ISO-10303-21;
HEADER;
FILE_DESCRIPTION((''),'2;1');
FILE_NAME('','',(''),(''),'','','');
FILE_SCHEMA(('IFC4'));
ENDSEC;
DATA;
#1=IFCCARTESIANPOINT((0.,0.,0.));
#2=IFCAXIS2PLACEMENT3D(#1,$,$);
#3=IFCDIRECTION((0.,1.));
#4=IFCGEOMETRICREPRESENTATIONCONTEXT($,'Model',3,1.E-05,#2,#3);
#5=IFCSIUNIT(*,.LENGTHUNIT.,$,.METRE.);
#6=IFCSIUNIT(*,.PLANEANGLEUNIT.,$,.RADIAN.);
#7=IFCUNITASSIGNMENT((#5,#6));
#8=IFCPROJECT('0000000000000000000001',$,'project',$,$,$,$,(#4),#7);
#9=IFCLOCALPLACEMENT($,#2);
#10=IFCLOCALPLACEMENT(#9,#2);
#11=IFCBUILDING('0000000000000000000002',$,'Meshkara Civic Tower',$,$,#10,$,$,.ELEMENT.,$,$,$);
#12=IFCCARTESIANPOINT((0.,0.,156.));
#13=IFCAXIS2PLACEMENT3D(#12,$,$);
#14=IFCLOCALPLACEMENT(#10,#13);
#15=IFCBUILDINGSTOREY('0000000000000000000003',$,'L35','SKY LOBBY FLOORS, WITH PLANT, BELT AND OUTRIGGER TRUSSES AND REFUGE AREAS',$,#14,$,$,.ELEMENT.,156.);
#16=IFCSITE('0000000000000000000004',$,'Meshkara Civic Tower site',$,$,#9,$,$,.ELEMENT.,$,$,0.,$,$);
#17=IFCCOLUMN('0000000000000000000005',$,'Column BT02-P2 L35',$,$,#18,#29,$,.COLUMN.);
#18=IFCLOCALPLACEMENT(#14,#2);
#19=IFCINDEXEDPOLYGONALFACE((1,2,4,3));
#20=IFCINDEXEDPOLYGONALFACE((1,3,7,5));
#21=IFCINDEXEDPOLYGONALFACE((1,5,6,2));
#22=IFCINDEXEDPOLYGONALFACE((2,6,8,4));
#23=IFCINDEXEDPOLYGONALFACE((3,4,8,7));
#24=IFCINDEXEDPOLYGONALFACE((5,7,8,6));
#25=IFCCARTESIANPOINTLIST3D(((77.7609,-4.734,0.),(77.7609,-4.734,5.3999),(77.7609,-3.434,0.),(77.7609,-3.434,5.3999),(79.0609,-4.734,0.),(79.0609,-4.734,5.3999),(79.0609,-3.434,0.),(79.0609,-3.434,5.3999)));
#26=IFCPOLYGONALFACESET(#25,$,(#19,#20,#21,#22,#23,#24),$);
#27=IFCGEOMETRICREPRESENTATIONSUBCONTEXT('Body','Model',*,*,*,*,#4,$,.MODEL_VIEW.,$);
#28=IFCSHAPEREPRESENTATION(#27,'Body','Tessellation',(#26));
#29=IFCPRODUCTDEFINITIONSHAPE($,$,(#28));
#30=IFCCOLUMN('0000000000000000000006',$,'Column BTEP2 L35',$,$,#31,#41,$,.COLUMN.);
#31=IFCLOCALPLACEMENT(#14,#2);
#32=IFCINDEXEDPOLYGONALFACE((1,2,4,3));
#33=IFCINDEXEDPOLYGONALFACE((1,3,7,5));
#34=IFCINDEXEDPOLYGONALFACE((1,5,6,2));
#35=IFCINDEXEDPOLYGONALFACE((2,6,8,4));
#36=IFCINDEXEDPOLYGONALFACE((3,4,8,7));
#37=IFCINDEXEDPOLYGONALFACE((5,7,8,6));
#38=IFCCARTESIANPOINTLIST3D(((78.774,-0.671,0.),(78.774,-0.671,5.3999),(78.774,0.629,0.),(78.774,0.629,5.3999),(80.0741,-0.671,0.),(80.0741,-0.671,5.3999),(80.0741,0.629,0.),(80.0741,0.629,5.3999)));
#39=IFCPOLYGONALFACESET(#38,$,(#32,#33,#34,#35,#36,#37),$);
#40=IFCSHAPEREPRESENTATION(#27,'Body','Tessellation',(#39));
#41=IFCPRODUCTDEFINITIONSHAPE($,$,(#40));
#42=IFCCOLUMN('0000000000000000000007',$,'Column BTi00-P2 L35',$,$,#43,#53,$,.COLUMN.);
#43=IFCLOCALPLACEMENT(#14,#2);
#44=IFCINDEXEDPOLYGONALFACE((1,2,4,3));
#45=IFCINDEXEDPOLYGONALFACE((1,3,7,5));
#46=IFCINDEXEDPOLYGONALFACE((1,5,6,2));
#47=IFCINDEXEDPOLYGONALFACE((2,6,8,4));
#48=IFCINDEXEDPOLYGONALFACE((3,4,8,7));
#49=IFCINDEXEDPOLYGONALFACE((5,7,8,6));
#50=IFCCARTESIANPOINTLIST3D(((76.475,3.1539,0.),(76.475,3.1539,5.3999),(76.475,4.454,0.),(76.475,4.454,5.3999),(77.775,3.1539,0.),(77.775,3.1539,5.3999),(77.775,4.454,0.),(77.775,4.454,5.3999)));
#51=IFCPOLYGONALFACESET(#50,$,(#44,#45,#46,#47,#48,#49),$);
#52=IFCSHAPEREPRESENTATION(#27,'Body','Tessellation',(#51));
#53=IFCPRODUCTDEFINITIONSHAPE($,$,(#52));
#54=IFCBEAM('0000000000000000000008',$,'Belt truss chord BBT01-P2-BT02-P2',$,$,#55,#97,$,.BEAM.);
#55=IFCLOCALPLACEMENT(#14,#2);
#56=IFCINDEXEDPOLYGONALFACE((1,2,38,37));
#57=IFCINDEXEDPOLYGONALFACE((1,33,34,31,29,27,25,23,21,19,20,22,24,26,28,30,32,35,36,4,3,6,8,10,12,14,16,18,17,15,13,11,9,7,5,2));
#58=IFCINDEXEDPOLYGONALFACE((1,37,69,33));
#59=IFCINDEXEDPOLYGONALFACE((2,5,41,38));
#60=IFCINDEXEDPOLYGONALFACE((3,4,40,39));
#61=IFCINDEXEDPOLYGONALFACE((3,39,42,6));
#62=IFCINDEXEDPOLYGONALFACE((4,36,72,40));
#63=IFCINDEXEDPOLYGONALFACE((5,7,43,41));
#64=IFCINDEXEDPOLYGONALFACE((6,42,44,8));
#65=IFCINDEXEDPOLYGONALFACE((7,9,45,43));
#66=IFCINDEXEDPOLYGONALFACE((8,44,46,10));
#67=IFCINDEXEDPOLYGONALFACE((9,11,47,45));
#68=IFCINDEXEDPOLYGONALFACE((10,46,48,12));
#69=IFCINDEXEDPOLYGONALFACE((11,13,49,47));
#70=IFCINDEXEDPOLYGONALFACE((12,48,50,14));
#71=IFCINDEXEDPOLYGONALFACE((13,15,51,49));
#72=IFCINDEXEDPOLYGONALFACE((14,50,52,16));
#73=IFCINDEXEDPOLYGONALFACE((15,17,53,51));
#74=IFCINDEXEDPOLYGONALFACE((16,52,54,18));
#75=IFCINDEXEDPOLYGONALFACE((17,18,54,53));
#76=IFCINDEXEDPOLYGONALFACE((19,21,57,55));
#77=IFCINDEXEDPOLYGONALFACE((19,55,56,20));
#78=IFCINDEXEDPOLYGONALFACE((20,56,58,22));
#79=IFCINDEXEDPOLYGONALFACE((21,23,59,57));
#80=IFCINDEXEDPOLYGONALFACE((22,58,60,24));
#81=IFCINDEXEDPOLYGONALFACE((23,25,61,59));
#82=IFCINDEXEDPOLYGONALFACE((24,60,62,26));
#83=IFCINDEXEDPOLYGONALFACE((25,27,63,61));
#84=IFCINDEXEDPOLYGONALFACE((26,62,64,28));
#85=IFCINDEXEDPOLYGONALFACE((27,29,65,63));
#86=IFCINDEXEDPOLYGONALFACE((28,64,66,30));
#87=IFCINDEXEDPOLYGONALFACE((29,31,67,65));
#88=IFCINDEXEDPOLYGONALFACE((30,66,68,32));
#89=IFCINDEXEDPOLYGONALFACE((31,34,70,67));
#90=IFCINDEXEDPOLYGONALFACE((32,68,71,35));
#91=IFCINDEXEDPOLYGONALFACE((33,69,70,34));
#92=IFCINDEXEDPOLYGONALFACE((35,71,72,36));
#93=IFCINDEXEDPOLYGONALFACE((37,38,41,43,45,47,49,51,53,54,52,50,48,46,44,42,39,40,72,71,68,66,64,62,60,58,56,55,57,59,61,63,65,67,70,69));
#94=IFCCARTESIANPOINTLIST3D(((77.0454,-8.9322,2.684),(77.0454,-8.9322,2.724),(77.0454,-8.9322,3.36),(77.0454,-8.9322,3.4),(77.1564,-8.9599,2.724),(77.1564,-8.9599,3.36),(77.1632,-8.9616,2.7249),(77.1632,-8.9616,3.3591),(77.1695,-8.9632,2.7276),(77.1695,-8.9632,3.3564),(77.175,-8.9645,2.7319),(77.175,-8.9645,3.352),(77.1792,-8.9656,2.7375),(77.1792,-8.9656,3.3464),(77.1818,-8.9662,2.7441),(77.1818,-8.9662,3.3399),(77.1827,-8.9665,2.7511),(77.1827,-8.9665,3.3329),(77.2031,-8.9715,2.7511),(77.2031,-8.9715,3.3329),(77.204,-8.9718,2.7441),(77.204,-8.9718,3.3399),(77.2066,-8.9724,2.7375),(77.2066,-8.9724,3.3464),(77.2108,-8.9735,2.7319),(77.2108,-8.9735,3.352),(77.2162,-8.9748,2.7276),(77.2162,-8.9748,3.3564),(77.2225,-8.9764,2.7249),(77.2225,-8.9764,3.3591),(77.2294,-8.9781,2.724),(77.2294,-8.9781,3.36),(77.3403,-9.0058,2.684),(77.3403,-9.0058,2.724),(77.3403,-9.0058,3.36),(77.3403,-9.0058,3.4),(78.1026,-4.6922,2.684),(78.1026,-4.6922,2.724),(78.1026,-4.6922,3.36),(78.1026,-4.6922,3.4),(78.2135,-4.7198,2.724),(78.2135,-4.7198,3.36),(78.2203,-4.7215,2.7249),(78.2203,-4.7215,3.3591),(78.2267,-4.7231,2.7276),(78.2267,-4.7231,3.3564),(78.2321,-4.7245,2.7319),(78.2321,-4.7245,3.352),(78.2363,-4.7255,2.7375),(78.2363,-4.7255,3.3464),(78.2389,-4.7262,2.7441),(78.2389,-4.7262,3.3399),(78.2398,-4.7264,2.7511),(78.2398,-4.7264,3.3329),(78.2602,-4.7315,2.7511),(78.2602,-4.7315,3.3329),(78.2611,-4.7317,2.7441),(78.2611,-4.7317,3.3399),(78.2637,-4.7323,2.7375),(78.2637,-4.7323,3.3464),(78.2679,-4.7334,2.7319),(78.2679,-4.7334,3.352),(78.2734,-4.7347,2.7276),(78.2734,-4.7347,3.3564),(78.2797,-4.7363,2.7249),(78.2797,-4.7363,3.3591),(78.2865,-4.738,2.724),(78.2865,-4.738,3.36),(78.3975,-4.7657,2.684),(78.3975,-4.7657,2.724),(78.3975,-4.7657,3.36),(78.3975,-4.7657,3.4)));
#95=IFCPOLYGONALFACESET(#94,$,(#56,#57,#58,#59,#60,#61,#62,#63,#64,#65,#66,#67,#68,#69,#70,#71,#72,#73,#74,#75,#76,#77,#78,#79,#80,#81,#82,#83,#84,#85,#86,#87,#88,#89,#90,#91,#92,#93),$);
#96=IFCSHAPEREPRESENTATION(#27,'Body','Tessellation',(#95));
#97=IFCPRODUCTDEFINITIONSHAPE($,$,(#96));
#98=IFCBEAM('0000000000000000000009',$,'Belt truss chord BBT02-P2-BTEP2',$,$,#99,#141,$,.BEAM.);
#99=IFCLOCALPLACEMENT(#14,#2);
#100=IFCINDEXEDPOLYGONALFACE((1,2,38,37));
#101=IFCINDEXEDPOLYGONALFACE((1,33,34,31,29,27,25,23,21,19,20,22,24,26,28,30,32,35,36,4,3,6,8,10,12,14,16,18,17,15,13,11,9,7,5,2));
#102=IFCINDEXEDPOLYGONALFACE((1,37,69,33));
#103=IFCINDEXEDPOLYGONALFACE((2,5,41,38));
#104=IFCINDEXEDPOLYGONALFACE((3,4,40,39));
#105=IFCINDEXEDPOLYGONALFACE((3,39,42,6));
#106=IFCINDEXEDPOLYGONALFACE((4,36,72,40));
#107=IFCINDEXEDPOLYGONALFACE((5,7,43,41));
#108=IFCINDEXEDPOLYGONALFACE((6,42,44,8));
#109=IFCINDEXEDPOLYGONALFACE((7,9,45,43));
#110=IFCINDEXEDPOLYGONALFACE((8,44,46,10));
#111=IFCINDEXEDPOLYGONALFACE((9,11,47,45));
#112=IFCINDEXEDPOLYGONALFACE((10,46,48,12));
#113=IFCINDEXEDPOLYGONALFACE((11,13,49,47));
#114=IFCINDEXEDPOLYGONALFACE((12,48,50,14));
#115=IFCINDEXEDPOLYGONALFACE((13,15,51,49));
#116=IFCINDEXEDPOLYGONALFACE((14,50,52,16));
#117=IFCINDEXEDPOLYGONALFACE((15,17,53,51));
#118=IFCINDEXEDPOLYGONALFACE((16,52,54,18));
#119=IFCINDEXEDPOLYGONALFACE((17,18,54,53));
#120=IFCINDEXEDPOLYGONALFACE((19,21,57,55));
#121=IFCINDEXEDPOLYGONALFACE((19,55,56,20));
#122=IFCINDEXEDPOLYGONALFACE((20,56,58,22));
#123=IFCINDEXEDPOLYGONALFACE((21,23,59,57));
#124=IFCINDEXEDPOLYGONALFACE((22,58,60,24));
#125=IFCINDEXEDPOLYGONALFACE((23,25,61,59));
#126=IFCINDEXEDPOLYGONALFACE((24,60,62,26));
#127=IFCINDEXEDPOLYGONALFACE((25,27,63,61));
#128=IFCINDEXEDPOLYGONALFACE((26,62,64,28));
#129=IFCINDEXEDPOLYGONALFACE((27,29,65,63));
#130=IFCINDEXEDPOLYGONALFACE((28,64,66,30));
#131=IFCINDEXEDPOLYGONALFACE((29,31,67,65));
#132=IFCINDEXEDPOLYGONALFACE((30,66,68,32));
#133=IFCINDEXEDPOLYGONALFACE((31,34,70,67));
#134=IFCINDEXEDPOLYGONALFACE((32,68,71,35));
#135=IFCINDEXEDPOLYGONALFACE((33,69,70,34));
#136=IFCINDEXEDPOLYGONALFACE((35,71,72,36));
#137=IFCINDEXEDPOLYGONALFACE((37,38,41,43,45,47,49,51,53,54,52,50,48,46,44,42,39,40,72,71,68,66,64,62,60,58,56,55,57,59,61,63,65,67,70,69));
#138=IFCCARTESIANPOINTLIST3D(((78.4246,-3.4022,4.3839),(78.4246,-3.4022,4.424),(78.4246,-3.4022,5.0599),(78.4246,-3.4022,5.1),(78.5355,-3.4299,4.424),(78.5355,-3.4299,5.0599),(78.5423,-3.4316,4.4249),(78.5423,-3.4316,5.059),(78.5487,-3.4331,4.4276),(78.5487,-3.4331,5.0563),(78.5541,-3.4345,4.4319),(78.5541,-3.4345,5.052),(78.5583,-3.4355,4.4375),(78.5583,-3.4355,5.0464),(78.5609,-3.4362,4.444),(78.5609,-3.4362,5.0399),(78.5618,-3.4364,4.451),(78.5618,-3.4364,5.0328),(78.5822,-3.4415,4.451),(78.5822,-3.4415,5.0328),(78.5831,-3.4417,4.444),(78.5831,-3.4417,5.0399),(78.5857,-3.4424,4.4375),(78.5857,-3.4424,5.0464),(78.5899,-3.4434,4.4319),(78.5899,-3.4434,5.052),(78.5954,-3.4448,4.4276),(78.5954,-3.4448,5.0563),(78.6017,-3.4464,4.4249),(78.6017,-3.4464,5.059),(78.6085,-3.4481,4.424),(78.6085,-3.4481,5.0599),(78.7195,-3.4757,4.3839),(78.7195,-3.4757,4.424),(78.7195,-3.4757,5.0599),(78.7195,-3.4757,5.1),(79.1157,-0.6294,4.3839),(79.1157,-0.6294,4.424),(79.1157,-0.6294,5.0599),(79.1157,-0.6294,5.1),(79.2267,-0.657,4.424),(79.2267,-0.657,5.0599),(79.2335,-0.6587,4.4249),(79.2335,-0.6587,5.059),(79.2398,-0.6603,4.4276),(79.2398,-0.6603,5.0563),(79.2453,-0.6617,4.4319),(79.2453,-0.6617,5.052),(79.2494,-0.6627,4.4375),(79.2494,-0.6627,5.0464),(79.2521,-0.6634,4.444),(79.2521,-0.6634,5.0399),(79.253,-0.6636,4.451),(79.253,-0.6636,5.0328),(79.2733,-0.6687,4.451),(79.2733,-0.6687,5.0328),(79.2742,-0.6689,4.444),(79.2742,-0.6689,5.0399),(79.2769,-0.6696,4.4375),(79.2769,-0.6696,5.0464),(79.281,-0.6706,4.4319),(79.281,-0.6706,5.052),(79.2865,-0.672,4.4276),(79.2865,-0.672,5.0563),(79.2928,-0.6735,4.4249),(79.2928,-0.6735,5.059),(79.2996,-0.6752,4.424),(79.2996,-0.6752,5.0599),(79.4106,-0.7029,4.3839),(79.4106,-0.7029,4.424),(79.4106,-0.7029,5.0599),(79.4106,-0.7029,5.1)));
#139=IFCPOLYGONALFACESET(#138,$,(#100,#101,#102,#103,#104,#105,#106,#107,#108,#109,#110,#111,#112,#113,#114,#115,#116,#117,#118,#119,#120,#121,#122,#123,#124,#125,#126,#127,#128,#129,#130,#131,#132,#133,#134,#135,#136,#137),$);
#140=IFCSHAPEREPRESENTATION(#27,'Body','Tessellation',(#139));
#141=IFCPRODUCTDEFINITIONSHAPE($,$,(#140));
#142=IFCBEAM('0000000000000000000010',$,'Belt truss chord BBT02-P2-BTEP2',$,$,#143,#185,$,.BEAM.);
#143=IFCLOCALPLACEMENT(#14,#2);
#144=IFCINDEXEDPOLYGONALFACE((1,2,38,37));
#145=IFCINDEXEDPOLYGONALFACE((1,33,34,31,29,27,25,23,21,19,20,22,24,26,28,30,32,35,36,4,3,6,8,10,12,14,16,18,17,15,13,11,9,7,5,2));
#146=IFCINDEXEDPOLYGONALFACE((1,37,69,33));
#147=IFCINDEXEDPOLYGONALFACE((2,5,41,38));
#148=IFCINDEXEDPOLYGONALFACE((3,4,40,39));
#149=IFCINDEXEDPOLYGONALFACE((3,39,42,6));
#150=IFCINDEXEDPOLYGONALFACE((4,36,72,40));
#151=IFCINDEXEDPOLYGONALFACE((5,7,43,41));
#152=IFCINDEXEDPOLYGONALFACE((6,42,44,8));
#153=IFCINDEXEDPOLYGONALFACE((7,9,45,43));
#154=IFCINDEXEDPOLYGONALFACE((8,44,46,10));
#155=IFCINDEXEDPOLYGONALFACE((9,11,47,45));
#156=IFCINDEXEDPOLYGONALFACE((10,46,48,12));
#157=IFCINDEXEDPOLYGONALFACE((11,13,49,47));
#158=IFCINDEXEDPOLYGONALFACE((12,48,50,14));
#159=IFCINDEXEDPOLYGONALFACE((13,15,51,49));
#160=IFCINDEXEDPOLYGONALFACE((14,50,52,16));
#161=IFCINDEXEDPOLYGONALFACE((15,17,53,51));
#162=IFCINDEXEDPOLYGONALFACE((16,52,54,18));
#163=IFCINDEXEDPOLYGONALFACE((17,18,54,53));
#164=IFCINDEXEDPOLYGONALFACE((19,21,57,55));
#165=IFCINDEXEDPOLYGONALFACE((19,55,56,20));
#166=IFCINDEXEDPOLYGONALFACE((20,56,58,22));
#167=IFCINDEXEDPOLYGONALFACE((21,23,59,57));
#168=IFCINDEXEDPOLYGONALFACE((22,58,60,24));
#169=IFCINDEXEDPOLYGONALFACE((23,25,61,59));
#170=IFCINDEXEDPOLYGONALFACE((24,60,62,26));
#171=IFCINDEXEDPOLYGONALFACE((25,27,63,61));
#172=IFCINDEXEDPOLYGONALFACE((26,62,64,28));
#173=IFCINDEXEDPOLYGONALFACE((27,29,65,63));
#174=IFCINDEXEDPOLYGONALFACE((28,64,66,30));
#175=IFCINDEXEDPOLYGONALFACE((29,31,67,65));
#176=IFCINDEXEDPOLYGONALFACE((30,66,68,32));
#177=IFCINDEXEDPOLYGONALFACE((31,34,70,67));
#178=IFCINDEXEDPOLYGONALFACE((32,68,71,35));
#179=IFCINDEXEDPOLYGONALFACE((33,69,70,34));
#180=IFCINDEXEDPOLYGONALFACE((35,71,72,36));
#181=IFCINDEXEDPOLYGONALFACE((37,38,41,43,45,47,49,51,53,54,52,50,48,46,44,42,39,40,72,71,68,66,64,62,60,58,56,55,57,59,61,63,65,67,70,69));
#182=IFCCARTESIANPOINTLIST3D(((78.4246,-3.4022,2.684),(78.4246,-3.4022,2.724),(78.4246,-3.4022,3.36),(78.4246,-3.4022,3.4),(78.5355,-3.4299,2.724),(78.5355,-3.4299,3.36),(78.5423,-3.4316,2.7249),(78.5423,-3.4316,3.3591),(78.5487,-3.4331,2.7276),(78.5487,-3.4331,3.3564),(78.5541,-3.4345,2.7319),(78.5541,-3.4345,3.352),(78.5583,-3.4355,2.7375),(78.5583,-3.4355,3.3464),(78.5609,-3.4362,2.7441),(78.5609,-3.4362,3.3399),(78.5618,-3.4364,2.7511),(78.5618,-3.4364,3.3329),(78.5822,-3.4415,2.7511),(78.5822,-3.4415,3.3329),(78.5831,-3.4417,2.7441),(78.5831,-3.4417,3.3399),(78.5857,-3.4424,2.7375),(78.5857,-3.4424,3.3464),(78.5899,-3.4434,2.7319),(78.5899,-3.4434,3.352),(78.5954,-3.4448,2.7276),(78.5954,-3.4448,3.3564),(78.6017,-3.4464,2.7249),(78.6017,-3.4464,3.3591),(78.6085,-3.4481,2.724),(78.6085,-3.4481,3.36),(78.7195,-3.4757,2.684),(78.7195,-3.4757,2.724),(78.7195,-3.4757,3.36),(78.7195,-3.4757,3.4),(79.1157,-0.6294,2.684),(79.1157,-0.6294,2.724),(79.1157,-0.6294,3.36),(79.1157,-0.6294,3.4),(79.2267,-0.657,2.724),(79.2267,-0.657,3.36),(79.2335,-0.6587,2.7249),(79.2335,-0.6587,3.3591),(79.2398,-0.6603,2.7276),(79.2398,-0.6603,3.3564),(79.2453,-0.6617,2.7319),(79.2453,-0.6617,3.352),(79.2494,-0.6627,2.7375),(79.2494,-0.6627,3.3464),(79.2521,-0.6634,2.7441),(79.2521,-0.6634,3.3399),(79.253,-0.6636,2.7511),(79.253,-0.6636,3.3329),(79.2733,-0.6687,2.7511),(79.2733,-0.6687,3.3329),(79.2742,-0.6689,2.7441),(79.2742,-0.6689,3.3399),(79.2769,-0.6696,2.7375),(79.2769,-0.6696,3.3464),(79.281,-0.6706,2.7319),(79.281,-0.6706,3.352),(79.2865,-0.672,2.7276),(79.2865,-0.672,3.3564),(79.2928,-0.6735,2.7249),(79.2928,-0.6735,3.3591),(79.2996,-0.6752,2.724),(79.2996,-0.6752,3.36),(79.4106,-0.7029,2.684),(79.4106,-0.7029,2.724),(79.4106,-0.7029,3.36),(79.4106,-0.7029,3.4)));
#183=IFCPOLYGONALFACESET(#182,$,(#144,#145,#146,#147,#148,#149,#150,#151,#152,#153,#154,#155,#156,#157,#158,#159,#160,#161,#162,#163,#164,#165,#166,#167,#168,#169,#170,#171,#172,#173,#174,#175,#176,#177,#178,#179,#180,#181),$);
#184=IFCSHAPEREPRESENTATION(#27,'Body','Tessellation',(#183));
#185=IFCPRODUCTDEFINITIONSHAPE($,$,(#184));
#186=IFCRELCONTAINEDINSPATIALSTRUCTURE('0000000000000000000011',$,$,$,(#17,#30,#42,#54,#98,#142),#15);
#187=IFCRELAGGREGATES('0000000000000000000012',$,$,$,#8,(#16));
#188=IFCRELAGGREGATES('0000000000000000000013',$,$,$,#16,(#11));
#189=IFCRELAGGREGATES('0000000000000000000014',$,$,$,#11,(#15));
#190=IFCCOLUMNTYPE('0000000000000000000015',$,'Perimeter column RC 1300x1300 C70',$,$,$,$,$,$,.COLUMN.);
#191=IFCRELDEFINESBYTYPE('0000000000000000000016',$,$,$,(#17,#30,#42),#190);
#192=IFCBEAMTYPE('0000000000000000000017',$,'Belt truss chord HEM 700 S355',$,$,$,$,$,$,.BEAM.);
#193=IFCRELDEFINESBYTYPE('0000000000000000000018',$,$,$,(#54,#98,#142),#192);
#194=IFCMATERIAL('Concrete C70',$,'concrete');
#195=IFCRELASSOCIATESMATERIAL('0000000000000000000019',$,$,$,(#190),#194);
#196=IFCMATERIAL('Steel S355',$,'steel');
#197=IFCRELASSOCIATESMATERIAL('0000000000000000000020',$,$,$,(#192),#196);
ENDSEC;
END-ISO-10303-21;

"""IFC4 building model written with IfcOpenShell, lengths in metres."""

from ifc_helpers import new_model, si_unit, direction, frame, origin, origin_2d, place, context, subcontext, project, spatial, rectangle, i_section, extrude, material, material_profile, profile_set, type_object, element, save


model = new_model("IFC4")

# Units and contexts
model_context = context("Model", 3, precision=1e-05, world=origin(), true_north=direction((0.0, 1.0)))
body_context = subcontext(model_context, "Body", "Model", "MODEL_VIEW")
ifc_project = project(units=[si_unit("LENGTHUNIT", "METRE"), si_unit("PLANEANGLEUNIT", "RADIAN")], contexts=[model_context])

# Site, building, storey
site_placement = place(None, origin())
site = spatial("IfcSite", under=ifc_project, at=site_placement, Name="Meshkara Civic Tower site", CompositionType="ELEMENT", RefElevation=0.0)
building_placement = place(site_placement, origin())
building = spatial("IfcBuilding", under=site, at=building_placement, Name="Meshkara Civic Tower", CompositionType="ELEMENT")
storey_placement = place(building_placement, frame((0.0, 0.0, 156.0)))
storey = spatial("IfcBuildingStorey", under=building, at=storey_placement, Name="L35", Description="SKY LOBBY FLOORS, WITH PLANT, BELT AND OUTRIGGER TRUSSES AND REFUGE AREAS", CompositionType="ELEMENT", Elevation=156.0)

# Columns
ifc_material_1 = material(Name="Concrete C70", Category="concrete")
ifc_material_profile_1 = material_profile(ifc_material_1, rectangle(XDim=1.3, YDim=1.3, at=origin_2d()))
ifc_profile_set_1 = profile_set([ifc_material_profile_1], Name="Concrete C70")
column_type = type_object("IfcColumnType", Name="Perimeter column RC 1300x1300 C70", PredefinedType="COLUMN", material=ifc_profile_set_1)
for number, where, z_axis, x_axis, name in (
    (1, (78.4109, -4.084, 0.0), (0.0, 0.0, 1.0), (1.0, 0.0, 0.0), "Column BT02-P2 L35"),
    (2, (79.4241, -0.021, 0.0), (0.0, 0.0, 1.0), (1.0, 0.0, 0.0), "Column BTEP2 L35"),
    (3, (77.125, 3.804, 0.0), (0.0, 0.0, 1.0), (1.0, 0.0, 0.0), "Column BTi00-P2 L35"),
):
    element("IfcColumn", number, at=place(storey_placement, frame(where, z_axis=z_axis, x_axis=x_axis)), inside=storey, type_object=column_type, Name=name, PredefinedType="COLUMN", context=body_context, shape_type="SweptSolid", body=[
        extrude(rectangle(XDim=1.3, YDim=1.3, at=origin_2d()), origin(), (0.0, 0.0, 1.0), 5.3999),
    ])

# Beams
ifc_material_2 = material(Name="Steel S355", Category="steel")
ifc_material_profile_2 = material_profile(ifc_material_2, i_section(OverallWidth=0.304, OverallDepth=0.7161, WebThickness=0.021, FlangeThickness=0.04, FilletRadius=0.0271, at=origin_2d()))
ifc_profile_set_2 = profile_set([ifc_material_profile_2], Name="Steel S355")
beam_type = type_object("IfcBeamType", Name="Belt truss chord HEM 700 S355", PredefinedType="BEAM", material=ifc_profile_set_2)
beam_placement = place(storey_placement, frame((77.1929, -8.969, 3.042), z_axis=(0.241918, 0.970297, 0.0), x_axis=(-0.970297, 0.241918, 0.0)))
element("IfcBeam", 4, at=beam_placement, inside=storey, type_object=beam_type, Name="Belt truss chord BBT01-P2-BT02-P2", PredefinedType="BEAM", context=body_context, shape_type="SweptSolid", body=[
    extrude(i_section(OverallWidth=0.304, OverallDepth=0.7161, WebThickness=0.021, FlangeThickness=0.04, FilletRadius=0.0271, at=origin_2d()), origin(), (0.0, 0.0, 1.0), 4.3699),
])
for number, where, z_axis, x_axis, name in (
    (5, (78.572, -3.439, 4.7419), (0.241852, 0.970313, 0.0), (-0.970313, 0.241852, 0.0), "Belt truss chord BBT02-P2-BTEP2"),
    (6, (78.572, -3.439, 3.042), (0.241852, 0.970313, 0.0), (-0.970313, 0.241852, 0.0), "Belt truss chord BBT02-P2-BTEP2"),
):
    element("IfcBeam", number, at=place(storey_placement, frame(where, z_axis=z_axis, x_axis=x_axis)), inside=storey, type_object=beam_type, Name=name, PredefinedType="BEAM", context=body_context, shape_type="SweptSolid", body=[
        extrude(i_section(OverallWidth=0.304, OverallDepth=0.7161, WebThickness=0.021, FlangeThickness=0.04, FilletRadius=0.0271, at=origin_2d()), origin(), (0.0, 0.0, 1.0), 2.8577),
    ])

save(model, "model.ifc")
